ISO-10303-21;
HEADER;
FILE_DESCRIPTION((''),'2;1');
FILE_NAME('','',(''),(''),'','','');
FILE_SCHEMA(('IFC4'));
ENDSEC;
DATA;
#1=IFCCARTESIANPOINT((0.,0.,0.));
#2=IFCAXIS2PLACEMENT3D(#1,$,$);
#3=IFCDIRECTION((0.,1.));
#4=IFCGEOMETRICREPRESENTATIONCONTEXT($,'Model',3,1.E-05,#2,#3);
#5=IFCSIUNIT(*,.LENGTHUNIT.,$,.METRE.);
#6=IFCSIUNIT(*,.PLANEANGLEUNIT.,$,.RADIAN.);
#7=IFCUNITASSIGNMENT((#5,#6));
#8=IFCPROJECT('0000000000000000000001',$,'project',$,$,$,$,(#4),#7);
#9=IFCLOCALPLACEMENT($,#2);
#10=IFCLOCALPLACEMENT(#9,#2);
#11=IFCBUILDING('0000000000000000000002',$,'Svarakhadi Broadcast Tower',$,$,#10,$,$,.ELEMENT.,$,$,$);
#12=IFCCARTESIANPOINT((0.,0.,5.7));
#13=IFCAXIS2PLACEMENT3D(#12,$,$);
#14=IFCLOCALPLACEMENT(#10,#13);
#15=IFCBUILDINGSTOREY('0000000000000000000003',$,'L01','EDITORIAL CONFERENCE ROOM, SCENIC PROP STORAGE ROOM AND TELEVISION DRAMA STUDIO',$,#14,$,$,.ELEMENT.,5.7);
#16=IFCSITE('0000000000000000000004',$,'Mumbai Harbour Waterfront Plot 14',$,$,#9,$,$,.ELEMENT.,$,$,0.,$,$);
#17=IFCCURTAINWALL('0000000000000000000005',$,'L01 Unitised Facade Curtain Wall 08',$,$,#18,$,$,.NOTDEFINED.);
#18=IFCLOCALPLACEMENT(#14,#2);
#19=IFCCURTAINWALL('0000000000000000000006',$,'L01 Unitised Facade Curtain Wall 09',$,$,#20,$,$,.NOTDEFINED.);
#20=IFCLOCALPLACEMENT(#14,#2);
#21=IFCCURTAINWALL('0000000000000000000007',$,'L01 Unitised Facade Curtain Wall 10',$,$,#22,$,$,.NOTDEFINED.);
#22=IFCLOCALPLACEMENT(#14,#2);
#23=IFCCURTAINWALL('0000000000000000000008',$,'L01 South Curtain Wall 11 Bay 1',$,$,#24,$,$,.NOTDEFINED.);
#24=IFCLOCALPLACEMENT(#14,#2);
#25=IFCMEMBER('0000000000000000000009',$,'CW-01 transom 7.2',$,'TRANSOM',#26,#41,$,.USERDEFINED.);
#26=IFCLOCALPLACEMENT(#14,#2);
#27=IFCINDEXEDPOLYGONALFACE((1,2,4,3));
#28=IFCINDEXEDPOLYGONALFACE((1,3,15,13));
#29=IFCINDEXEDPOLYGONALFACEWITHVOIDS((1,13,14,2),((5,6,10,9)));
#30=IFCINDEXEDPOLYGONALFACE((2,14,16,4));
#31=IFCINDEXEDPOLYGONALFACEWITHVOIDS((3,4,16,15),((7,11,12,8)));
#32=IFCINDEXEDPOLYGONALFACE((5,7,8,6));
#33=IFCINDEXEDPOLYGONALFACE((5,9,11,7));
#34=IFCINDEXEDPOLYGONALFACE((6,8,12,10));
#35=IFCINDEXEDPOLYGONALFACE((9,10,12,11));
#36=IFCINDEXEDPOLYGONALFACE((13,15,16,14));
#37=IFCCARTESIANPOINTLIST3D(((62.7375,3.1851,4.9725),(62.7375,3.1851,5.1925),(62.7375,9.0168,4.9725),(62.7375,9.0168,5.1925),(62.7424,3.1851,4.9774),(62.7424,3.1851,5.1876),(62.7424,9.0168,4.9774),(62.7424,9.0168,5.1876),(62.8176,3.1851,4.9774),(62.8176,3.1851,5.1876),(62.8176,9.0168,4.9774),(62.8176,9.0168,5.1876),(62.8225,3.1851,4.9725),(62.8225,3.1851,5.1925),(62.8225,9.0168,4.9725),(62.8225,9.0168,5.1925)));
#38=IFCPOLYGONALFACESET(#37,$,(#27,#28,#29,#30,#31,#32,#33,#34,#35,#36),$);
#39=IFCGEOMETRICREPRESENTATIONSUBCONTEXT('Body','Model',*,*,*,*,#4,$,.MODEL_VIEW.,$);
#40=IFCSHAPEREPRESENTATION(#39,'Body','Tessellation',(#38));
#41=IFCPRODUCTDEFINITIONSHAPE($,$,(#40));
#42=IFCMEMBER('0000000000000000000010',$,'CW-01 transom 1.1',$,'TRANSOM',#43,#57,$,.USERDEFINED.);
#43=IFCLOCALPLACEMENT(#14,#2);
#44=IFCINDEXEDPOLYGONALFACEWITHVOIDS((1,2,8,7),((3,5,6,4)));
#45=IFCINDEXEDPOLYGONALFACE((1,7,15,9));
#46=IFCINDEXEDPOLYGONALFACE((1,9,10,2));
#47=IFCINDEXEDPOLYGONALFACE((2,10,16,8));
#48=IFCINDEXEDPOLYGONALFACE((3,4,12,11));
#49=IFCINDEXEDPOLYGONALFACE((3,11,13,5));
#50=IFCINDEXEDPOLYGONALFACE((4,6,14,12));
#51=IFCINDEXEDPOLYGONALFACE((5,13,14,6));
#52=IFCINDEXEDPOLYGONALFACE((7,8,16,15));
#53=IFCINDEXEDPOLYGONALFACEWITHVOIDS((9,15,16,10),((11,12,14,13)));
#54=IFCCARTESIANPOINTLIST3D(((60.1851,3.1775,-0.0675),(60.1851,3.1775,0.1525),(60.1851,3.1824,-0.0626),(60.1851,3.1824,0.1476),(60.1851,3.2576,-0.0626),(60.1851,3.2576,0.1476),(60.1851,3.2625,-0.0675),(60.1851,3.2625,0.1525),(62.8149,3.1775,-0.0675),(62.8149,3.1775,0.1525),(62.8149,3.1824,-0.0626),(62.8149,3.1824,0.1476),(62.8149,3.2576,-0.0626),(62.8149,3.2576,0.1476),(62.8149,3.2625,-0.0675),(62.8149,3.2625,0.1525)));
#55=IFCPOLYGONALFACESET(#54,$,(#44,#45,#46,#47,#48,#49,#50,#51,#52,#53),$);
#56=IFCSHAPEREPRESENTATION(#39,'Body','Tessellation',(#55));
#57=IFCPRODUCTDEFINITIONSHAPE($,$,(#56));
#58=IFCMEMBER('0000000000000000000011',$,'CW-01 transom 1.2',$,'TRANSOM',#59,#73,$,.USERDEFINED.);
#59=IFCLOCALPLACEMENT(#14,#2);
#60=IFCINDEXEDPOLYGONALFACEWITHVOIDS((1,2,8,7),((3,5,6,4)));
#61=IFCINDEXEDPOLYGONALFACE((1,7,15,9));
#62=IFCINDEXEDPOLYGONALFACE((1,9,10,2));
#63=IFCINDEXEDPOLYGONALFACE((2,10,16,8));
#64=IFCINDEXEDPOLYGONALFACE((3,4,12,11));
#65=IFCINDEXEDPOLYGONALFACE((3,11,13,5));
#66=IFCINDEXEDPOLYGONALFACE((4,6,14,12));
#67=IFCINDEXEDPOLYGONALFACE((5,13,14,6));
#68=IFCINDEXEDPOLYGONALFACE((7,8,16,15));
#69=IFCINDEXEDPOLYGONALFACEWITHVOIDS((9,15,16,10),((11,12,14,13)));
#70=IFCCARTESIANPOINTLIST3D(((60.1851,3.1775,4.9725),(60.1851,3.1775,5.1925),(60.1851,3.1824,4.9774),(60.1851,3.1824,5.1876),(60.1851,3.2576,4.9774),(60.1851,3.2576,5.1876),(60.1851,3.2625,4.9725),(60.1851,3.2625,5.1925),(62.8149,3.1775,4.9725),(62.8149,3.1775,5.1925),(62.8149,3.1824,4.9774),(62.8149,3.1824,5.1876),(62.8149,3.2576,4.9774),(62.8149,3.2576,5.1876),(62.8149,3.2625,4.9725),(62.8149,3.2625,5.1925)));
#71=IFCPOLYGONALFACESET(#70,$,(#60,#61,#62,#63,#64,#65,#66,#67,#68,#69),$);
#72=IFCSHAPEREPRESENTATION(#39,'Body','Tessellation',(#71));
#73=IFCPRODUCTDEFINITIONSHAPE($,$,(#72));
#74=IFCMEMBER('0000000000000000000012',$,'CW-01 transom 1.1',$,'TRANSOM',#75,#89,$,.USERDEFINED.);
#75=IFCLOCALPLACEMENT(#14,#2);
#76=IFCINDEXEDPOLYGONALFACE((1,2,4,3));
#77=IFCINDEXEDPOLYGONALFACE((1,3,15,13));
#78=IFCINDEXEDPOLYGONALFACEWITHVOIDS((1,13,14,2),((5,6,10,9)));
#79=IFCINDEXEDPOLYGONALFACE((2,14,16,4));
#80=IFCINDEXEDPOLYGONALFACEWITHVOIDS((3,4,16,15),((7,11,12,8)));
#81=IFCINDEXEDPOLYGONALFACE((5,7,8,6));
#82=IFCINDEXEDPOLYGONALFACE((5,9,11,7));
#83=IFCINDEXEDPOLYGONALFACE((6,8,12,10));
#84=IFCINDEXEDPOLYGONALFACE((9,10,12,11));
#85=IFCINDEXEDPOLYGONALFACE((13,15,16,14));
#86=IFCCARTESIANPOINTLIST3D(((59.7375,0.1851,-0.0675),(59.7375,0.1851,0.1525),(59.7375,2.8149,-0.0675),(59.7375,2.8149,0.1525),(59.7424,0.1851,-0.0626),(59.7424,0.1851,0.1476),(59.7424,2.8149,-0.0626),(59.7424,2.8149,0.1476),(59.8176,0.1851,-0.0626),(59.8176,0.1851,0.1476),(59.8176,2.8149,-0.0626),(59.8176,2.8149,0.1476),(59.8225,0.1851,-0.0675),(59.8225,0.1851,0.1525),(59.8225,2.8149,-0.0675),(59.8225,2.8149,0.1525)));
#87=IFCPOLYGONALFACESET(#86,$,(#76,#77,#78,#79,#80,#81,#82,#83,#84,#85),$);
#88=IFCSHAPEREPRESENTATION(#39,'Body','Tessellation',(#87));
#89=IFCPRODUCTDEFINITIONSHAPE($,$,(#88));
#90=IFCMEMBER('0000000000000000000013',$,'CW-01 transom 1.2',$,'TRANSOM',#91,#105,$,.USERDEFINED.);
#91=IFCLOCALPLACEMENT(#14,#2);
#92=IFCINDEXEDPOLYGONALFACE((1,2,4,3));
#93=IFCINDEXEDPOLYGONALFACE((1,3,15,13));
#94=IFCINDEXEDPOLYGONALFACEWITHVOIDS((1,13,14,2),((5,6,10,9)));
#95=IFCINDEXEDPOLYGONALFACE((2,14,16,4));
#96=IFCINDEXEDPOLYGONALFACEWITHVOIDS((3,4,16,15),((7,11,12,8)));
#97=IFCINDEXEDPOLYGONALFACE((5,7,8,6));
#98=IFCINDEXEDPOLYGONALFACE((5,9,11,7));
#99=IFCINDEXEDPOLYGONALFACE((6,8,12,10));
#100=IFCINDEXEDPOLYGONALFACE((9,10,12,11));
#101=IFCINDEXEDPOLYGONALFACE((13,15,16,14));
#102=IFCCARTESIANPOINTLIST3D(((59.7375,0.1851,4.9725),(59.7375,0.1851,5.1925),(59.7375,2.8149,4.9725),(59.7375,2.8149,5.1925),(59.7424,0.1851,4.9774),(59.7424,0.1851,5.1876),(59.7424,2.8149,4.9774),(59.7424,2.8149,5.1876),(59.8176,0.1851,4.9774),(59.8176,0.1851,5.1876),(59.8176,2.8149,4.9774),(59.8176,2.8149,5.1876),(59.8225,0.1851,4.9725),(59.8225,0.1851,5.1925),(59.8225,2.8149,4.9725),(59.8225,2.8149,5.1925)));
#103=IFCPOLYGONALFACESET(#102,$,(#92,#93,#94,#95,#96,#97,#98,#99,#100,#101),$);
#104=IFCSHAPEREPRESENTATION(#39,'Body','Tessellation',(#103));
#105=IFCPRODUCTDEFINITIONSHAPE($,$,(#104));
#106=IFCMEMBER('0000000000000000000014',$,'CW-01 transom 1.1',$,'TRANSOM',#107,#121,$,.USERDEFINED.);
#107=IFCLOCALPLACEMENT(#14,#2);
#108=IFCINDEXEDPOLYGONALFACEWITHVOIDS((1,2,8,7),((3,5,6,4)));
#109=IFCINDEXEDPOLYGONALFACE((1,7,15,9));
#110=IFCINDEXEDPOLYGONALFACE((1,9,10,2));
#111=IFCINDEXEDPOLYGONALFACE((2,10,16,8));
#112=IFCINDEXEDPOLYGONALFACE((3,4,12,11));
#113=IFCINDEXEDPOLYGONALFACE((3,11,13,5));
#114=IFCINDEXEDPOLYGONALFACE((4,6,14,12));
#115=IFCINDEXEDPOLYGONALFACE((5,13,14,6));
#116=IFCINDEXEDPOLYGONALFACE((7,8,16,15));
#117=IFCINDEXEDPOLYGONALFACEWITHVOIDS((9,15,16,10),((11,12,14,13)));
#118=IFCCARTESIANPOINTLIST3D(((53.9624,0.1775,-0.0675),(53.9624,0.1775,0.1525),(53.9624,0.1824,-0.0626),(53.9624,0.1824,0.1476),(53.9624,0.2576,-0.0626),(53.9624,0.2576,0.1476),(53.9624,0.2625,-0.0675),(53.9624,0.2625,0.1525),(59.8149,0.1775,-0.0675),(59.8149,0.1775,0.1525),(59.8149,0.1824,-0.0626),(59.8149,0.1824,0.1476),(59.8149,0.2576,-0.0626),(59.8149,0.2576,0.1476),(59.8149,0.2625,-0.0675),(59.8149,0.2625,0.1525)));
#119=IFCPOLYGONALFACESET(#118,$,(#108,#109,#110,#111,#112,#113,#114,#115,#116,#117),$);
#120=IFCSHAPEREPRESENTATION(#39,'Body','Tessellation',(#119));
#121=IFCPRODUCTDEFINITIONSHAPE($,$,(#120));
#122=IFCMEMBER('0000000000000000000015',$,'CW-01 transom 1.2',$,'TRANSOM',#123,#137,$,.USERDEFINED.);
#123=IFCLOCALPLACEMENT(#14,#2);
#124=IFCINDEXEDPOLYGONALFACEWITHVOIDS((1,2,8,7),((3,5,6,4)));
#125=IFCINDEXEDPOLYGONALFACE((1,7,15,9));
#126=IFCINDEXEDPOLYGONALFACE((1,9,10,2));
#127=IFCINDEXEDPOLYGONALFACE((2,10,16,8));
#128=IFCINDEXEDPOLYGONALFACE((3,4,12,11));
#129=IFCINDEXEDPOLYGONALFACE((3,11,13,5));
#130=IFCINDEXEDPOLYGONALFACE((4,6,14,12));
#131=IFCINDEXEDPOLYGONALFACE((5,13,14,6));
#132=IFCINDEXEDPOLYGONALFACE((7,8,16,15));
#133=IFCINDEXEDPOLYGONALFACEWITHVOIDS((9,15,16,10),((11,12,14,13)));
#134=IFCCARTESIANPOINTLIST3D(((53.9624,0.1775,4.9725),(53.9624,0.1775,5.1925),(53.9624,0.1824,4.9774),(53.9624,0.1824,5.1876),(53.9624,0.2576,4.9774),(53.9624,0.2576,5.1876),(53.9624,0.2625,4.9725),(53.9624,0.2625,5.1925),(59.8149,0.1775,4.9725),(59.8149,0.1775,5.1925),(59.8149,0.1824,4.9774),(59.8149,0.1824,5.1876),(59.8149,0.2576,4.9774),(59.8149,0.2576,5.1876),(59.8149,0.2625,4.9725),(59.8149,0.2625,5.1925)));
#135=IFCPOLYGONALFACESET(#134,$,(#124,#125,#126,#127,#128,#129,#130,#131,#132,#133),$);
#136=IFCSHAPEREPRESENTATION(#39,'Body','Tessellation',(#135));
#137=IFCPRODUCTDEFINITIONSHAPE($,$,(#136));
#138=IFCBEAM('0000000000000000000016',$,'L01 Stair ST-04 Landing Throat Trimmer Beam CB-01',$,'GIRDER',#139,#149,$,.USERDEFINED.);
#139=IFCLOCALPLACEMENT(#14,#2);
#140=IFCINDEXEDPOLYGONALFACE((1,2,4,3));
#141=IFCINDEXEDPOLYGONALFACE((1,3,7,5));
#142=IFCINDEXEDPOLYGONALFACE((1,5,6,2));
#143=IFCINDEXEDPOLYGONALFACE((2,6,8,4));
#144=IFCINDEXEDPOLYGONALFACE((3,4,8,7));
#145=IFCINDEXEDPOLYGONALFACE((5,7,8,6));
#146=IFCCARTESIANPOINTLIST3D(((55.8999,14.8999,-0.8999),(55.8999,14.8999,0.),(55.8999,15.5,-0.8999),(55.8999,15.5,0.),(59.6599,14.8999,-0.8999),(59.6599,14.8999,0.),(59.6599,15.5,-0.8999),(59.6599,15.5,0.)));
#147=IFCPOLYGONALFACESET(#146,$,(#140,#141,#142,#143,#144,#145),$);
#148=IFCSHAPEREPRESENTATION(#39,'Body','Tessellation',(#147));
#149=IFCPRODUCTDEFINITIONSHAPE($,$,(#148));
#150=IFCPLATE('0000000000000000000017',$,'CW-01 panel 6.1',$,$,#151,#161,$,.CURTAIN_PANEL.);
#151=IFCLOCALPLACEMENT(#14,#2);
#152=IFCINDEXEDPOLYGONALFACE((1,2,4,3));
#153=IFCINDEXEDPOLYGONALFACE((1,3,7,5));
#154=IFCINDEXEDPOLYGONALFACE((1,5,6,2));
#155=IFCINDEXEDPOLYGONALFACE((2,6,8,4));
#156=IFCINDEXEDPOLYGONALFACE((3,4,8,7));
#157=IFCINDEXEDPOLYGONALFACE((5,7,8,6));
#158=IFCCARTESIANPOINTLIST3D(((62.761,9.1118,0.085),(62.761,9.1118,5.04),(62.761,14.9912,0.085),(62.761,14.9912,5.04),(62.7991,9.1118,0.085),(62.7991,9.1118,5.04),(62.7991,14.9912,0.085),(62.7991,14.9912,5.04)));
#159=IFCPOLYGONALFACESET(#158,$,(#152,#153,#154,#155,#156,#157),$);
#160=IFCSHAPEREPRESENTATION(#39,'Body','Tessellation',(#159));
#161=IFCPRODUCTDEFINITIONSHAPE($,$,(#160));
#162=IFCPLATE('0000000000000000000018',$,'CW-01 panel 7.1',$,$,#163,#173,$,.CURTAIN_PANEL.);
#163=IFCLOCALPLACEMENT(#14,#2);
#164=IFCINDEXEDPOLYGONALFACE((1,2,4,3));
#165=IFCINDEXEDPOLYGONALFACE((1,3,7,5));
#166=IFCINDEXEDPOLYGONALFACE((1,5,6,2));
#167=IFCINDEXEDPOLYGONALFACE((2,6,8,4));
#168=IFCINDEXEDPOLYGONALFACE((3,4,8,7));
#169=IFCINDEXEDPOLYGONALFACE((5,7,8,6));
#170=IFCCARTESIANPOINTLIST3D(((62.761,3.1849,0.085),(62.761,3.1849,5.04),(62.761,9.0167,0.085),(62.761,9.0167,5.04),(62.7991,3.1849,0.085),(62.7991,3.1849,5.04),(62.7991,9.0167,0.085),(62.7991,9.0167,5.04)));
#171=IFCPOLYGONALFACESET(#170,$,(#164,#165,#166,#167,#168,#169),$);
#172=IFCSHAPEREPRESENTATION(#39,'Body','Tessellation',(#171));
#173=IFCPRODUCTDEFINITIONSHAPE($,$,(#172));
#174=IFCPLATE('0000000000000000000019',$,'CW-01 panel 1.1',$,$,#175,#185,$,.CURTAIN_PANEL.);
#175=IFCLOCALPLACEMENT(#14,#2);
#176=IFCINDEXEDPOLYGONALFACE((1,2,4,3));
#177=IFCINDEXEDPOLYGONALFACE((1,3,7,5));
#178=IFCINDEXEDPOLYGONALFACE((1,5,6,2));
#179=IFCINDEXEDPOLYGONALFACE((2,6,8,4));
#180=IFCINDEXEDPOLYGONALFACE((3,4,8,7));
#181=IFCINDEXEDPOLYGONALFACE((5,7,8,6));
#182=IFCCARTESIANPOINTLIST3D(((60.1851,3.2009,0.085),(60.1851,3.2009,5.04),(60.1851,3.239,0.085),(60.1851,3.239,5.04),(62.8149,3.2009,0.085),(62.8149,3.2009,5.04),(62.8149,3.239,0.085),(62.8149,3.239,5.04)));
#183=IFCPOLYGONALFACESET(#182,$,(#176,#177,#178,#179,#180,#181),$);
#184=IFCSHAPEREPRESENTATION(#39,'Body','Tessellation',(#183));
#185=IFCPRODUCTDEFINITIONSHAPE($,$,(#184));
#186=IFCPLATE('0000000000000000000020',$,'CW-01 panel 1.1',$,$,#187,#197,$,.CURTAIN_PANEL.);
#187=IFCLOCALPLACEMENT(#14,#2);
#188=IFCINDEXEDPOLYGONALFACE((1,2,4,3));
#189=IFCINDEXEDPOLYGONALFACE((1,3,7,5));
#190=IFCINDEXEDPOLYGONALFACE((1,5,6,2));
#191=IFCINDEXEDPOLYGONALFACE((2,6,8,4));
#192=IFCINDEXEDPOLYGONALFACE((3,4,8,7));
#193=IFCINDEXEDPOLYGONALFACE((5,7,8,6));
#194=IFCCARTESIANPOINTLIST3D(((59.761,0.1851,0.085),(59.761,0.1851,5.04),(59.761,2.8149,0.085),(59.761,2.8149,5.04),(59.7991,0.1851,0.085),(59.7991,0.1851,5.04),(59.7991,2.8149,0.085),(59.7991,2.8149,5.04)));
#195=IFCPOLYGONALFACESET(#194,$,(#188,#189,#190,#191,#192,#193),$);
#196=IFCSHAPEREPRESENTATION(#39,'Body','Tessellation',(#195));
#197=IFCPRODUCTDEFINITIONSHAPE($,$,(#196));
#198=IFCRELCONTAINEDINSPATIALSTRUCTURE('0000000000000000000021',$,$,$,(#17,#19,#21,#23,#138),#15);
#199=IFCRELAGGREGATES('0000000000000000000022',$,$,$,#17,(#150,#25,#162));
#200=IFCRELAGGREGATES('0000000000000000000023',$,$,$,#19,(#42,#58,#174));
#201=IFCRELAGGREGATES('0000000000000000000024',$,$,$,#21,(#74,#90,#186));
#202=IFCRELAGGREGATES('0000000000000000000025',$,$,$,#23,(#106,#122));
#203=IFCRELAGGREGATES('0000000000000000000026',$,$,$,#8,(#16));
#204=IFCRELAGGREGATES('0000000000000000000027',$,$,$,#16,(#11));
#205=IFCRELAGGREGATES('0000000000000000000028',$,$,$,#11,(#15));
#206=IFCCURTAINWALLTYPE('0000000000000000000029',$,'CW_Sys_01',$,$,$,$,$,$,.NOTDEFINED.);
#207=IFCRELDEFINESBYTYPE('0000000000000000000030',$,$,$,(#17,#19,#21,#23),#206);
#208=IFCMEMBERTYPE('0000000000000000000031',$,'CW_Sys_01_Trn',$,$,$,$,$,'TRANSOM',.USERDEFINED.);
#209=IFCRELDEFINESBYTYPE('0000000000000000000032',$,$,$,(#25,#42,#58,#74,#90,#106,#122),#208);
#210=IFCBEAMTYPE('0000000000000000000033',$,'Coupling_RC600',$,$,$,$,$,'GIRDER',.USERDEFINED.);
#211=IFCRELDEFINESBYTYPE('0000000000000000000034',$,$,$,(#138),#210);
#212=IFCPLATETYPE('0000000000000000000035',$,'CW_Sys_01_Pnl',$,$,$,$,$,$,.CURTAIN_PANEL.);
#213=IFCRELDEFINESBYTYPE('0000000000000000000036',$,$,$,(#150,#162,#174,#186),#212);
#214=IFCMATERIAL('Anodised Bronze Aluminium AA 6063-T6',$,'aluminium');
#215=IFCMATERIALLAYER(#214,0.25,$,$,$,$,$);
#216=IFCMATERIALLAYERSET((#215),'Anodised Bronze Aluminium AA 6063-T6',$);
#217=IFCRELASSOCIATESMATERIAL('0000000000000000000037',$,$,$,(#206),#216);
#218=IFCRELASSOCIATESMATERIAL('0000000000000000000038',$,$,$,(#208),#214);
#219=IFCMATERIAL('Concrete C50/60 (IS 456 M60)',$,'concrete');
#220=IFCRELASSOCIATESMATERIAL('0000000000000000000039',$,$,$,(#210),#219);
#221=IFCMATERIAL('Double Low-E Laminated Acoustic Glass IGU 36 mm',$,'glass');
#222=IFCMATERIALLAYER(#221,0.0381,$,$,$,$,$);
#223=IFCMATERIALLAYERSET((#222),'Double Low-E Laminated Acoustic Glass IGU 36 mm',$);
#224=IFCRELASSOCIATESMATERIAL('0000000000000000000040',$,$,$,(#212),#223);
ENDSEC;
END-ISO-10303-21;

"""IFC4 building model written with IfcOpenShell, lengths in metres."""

from ifc_helpers import new_model, si_unit, direction, frame, origin, origin_2d, place, context, subcontext, project, spatial, rectangle, hollow_rectangle, extrude, material, layer, layer_set, material_profile, profile_set, type_object, element, aggregate, save


model = new_model("IFC4")

# Units and contexts
model_context = context("Model", 3, precision=1e-05, world=origin(), true_north=direction((0.0, 1.0)))
body_context = subcontext(model_context, "Body", "Model", "MODEL_VIEW")
ifc_project = project(units=[si_unit("LENGTHUNIT", "METRE"), si_unit("PLANEANGLEUNIT", "RADIAN")], contexts=[model_context])

# Site, building, storey
site_placement = place(None, origin())
site = spatial("IfcSite", under=ifc_project, at=site_placement, Name="Mumbai Harbour Waterfront Plot 14", CompositionType="ELEMENT", RefElevation=0.0)
building_placement = place(site_placement, origin())
building = spatial("IfcBuilding", under=site, at=building_placement, Name="Svarakhadi Broadcast Tower", CompositionType="ELEMENT")
storey_placement = place(building_placement, frame((0.0, 0.0, 5.7)))
storey = spatial("IfcBuildingStorey", under=building, at=storey_placement, Name="L01", Description="EDITORIAL CONFERENCE ROOM, SCENIC PROP STORAGE ROOM AND TELEVISION DRAMA STUDIO", CompositionType="ELEMENT", Elevation=5.7)

# Curtain walls
ifc_material_1 = material(Name="Anodised Bronze Aluminium AA 6063-T6", Category="aluminium")
ifc_layer_1 = layer(ifc_material_1, 0.25)
ifc_layer_set_1 = layer_set([ifc_layer_1], Name="Anodised Bronze Aluminium AA 6063-T6")
curtain_wall_type = type_object("IfcCurtainWallType", Name="CW_Sys_01", PredefinedType="NOTDEFINED", material=ifc_layer_set_1)
curtain_wall_1_placement = place(storey_placement, origin())
curtain_wall_1 = element("IfcCurtainWall", 1, at=curtain_wall_1_placement, inside=storey, type_object=curtain_wall_type, Name="L01 Unitised Facade Curtain Wall 08", PredefinedType="NOTDEFINED")
curtain_wall_2_placement = place(storey_placement, origin())
curtain_wall_2 = element("IfcCurtainWall", 2, at=curtain_wall_2_placement, inside=storey, type_object=curtain_wall_type, Name="L01 Unitised Facade Curtain Wall 09", PredefinedType="NOTDEFINED")
curtain_wall_3_placement = place(storey_placement, origin())
curtain_wall_3 = element("IfcCurtainWall", 3, at=curtain_wall_3_placement, inside=storey, type_object=curtain_wall_type, Name="L01 Unitised Facade Curtain Wall 10", PredefinedType="NOTDEFINED")

# Curtain wall
curtain_wall_4_placement = place(storey_placement, origin())
curtain_wall_4 = element("IfcCurtainWall", 4, at=curtain_wall_4_placement, inside=storey, type_object=curtain_wall_type, Name="L01 South Curtain Wall 11 Bay 1", PredefinedType="NOTDEFINED")

# Members
ifc_material_profile_1 = material_profile(ifc_material_1, hollow_rectangle(XDim=0.085, YDim=0.22, WallThickness=0.0049, at=origin_2d()), Name="ALU TRANSOM 220x85x5")
ifc_profile_set_1 = profile_set([ifc_material_profile_1], Name="Anodised Bronze Aluminium AA 6063-T6")
member_type_1 = type_object("IfcMemberType", Name="CW_Sys_01_Trn", ElementType="TRANSOM", PredefinedType="USERDEFINED", material=ifc_profile_set_1)
member_1_placement = place(storey_placement, frame((62.78, 9.0168, 5.0825), z_axis=(0.0, -1.0, 0.0), x_axis=(1.0, 0.0, 0.0)))
member_1 = element("IfcMember", 5, at=member_1_placement, type_object=member_type_1, Name="CW-01 transom 7.2", ObjectType="TRANSOM", PredefinedType="USERDEFINED", context=body_context, shape_type="SweptSolid", body=[
    extrude(hollow_rectangle(XDim=0.085, YDim=0.22, WallThickness=0.0049, at=origin_2d()), origin(), (0.0, 0.0, 1.0), 5.8318),
])
member_2_placement = place(storey_placement, frame((62.8149, 3.22, 0.0425), z_axis=(-1.0, 0.0, 0.0), x_axis=(0.0, -1.0, 0.0)))
member_2 = element("IfcMember", 6, at=member_2_placement, type_object=member_type_1, Name="CW-01 transom 1.1", ObjectType="TRANSOM", PredefinedType="USERDEFINED", context=body_context, shape_type="SweptSolid", body=[
    extrude(hollow_rectangle(XDim=0.085, YDim=0.22, WallThickness=0.0049, at=origin_2d()), origin(), (0.0, 0.0, 1.0), 2.6299),
])
member_3_placement = place(storey_placement, frame((62.8149, 3.22, 5.0825), z_axis=(-1.0, 0.0, 0.0), x_axis=(0.0, -1.0, 0.0)))
member_3 = element("IfcMember", 7, at=member_3_placement, type_object=member_type_1, Name="CW-01 transom 1.2", ObjectType="TRANSOM", PredefinedType="USERDEFINED", context=body_context, shape_type="SweptSolid", body=[
    extrude(hollow_rectangle(XDim=0.085, YDim=0.22, WallThickness=0.0049, at=origin_2d()), origin(), (0.0, 0.0, 1.0), 2.6299),
])
member_4_placement = place(storey_placement, frame((59.78, 2.8149, 0.0425), z_axis=(0.0, -1.0, 0.0), x_axis=(1.0, 0.0, 0.0)))
member_4 = element("IfcMember", 8, at=member_4_placement, type_object=member_type_1, Name="CW-01 transom 1.1", ObjectType="TRANSOM", PredefinedType="USERDEFINED", context=body_context, shape_type="SweptSolid", body=[
    extrude(hollow_rectangle(XDim=0.085, YDim=0.22, WallThickness=0.0049, at=origin_2d()), origin(), (0.0, 0.0, 1.0), 2.6299),
])
member_5_placement = place(storey_placement, frame((59.78, 2.8149, 5.0825), z_axis=(0.0, -1.0, 0.0), x_axis=(1.0, 0.0, 0.0)))
member_5 = element("IfcMember", 9, at=member_5_placement, type_object=member_type_1, Name="CW-01 transom 1.2", ObjectType="TRANSOM", PredefinedType="USERDEFINED", context=body_context, shape_type="SweptSolid", body=[
    extrude(hollow_rectangle(XDim=0.085, YDim=0.22, WallThickness=0.0049, at=origin_2d()), origin(), (0.0, 0.0, 1.0), 2.6299),
])
member_6_placement = place(storey_placement, frame((59.8149, 0.22, 0.0425), z_axis=(-1.0, 0.0, 0.0), x_axis=(0.0, -1.0, 0.0)))
member_6 = element("IfcMember", 10, at=member_6_placement, type_object=member_type_1, Name="CW-01 transom 1.1", ObjectType="TRANSOM", PredefinedType="USERDEFINED", context=body_context, shape_type="SweptSolid", body=[
    extrude(hollow_rectangle(XDim=0.085, YDim=0.22, WallThickness=0.0049, at=origin_2d()), origin(), (0.0, 0.0, 1.0), 5.8525),
])
member_7_placement = place(storey_placement, frame((59.8149, 0.22, 5.0825), z_axis=(-1.0, 0.0, 0.0), x_axis=(0.0, -1.0, 0.0)))
member_7 = element("IfcMember", 11, at=member_7_placement, type_object=member_type_1, Name="CW-01 transom 1.2", ObjectType="TRANSOM", PredefinedType="USERDEFINED", context=body_context, shape_type="SweptSolid", body=[
    extrude(hollow_rectangle(XDim=0.085, YDim=0.22, WallThickness=0.0049, at=origin_2d()), origin(), (0.0, 0.0, 1.0), 5.8525),
])

# Beam
ifc_material_2 = material(Name="Concrete C50/60 (IS 456 M60)", Category="concrete")
ifc_material_profile_2 = material_profile(ifc_material_2, rectangle(XDim=0.6001, YDim=0.8999, at=origin_2d()), Name="RC 600x900")
ifc_profile_set_2 = profile_set([ifc_material_profile_2], Name="Concrete C50/60 (IS 456 M60)")
beam_type = type_object("IfcBeamType", Name="Coupling_RC600", ElementType="GIRDER", PredefinedType="USERDEFINED", material=ifc_profile_set_2)
beam_placement = place(storey_placement, frame((55.8999, 15.2, -0.45), z_axis=(1.0, 0.0, 0.0), x_axis=(0.0, 1.0, 0.0)))
element("IfcBeam", 12, at=beam_placement, inside=storey, type_object=beam_type, Name="L01 Stair ST-04 Landing Throat Trimmer Beam CB-01", ObjectType="GIRDER", PredefinedType="USERDEFINED", context=body_context, shape_type="SweptSolid", body=[
    extrude(rectangle(XDim=0.6001, YDim=0.8999, at=origin_2d()), origin(), (0.0, 0.0, 1.0), 3.76),
])

# Plates
ifc_material_3 = material(Name="Double Low-E Laminated Acoustic Glass IGU 36 mm", Category="glass")
ifc_layer_2 = layer(ifc_material_3, 0.0381)
ifc_layer_set_2 = layer_set([ifc_layer_2], Name="Double Low-E Laminated Acoustic Glass IGU 36 mm")
plate_type = type_object("IfcPlateType", Name="CW_Sys_01_Pnl", PredefinedType="CURTAIN_PANEL", material=ifc_layer_set_2)
plate_1_placement = place(storey_placement, frame((62.78, 12.0515, 0.085), z_axis=(0.0, 0.0, 1.0), x_axis=(0.0, -1.0, 0.0)))
plate_1 = element("IfcPlate", 13, at=plate_1_placement, type_object=plate_type, Name="CW-01 panel 6.1", PredefinedType="CURTAIN_PANEL", context=body_context, shape_type="SweptSolid", body=[
    extrude(rectangle(XDim=5.8794, YDim=0.0381, at=origin_2d()), origin(), (0.0, 0.0, 1.0), 4.9551),
])
plate_2_placement = place(storey_placement, frame((62.78, 6.1008, 0.085), z_axis=(0.0, 0.0, 1.0), x_axis=(0.0, -1.0, 0.0)))
plate_2 = element("IfcPlate", 14, at=plate_2_placement, type_object=plate_type, Name="CW-01 panel 7.1", PredefinedType="CURTAIN_PANEL", context=body_context, shape_type="SweptSolid", body=[
    extrude(rectangle(XDim=5.8318, YDim=0.0381, at=origin_2d()), origin(), (0.0, 0.0, 1.0), 4.9551),
])
aggregate(curtain_wall_1, [plate_1, member_1, plate_2])
plate_3_placement = place(storey_placement, frame((61.5, 3.22, 0.085), z_axis=(0.0, 0.0, 1.0), x_axis=(-1.0, 0.0, 0.0)))
plate_3 = element("IfcPlate", 15, at=plate_3_placement, type_object=plate_type, Name="CW-01 panel 1.1", PredefinedType="CURTAIN_PANEL", context=body_context, shape_type="SweptSolid", body=[
    extrude(rectangle(XDim=2.6299, YDim=0.0381, at=origin_2d()), origin(), (0.0, 0.0, 1.0), 4.9551),
])
aggregate(curtain_wall_2, [member_2, member_3, plate_3])
plate_4_placement = place(storey_placement, frame((59.78, 1.5, 0.085), z_axis=(0.0, 0.0, 1.0), x_axis=(0.0, -1.0, 0.0)))
plate_4 = element("IfcPlate", 16, at=plate_4_placement, type_object=plate_type, Name="CW-01 panel 1.1", PredefinedType="CURTAIN_PANEL", context=body_context, shape_type="SweptSolid", body=[
    extrude(rectangle(XDim=2.6299, YDim=0.0381, at=origin_2d()), origin(), (0.0, 0.0, 1.0), 4.9551),
])
aggregate(curtain_wall_3, [member_4, member_5, plate_4])
aggregate(curtain_wall_4, [member_6, member_7])

save(model, "model.ifc")
